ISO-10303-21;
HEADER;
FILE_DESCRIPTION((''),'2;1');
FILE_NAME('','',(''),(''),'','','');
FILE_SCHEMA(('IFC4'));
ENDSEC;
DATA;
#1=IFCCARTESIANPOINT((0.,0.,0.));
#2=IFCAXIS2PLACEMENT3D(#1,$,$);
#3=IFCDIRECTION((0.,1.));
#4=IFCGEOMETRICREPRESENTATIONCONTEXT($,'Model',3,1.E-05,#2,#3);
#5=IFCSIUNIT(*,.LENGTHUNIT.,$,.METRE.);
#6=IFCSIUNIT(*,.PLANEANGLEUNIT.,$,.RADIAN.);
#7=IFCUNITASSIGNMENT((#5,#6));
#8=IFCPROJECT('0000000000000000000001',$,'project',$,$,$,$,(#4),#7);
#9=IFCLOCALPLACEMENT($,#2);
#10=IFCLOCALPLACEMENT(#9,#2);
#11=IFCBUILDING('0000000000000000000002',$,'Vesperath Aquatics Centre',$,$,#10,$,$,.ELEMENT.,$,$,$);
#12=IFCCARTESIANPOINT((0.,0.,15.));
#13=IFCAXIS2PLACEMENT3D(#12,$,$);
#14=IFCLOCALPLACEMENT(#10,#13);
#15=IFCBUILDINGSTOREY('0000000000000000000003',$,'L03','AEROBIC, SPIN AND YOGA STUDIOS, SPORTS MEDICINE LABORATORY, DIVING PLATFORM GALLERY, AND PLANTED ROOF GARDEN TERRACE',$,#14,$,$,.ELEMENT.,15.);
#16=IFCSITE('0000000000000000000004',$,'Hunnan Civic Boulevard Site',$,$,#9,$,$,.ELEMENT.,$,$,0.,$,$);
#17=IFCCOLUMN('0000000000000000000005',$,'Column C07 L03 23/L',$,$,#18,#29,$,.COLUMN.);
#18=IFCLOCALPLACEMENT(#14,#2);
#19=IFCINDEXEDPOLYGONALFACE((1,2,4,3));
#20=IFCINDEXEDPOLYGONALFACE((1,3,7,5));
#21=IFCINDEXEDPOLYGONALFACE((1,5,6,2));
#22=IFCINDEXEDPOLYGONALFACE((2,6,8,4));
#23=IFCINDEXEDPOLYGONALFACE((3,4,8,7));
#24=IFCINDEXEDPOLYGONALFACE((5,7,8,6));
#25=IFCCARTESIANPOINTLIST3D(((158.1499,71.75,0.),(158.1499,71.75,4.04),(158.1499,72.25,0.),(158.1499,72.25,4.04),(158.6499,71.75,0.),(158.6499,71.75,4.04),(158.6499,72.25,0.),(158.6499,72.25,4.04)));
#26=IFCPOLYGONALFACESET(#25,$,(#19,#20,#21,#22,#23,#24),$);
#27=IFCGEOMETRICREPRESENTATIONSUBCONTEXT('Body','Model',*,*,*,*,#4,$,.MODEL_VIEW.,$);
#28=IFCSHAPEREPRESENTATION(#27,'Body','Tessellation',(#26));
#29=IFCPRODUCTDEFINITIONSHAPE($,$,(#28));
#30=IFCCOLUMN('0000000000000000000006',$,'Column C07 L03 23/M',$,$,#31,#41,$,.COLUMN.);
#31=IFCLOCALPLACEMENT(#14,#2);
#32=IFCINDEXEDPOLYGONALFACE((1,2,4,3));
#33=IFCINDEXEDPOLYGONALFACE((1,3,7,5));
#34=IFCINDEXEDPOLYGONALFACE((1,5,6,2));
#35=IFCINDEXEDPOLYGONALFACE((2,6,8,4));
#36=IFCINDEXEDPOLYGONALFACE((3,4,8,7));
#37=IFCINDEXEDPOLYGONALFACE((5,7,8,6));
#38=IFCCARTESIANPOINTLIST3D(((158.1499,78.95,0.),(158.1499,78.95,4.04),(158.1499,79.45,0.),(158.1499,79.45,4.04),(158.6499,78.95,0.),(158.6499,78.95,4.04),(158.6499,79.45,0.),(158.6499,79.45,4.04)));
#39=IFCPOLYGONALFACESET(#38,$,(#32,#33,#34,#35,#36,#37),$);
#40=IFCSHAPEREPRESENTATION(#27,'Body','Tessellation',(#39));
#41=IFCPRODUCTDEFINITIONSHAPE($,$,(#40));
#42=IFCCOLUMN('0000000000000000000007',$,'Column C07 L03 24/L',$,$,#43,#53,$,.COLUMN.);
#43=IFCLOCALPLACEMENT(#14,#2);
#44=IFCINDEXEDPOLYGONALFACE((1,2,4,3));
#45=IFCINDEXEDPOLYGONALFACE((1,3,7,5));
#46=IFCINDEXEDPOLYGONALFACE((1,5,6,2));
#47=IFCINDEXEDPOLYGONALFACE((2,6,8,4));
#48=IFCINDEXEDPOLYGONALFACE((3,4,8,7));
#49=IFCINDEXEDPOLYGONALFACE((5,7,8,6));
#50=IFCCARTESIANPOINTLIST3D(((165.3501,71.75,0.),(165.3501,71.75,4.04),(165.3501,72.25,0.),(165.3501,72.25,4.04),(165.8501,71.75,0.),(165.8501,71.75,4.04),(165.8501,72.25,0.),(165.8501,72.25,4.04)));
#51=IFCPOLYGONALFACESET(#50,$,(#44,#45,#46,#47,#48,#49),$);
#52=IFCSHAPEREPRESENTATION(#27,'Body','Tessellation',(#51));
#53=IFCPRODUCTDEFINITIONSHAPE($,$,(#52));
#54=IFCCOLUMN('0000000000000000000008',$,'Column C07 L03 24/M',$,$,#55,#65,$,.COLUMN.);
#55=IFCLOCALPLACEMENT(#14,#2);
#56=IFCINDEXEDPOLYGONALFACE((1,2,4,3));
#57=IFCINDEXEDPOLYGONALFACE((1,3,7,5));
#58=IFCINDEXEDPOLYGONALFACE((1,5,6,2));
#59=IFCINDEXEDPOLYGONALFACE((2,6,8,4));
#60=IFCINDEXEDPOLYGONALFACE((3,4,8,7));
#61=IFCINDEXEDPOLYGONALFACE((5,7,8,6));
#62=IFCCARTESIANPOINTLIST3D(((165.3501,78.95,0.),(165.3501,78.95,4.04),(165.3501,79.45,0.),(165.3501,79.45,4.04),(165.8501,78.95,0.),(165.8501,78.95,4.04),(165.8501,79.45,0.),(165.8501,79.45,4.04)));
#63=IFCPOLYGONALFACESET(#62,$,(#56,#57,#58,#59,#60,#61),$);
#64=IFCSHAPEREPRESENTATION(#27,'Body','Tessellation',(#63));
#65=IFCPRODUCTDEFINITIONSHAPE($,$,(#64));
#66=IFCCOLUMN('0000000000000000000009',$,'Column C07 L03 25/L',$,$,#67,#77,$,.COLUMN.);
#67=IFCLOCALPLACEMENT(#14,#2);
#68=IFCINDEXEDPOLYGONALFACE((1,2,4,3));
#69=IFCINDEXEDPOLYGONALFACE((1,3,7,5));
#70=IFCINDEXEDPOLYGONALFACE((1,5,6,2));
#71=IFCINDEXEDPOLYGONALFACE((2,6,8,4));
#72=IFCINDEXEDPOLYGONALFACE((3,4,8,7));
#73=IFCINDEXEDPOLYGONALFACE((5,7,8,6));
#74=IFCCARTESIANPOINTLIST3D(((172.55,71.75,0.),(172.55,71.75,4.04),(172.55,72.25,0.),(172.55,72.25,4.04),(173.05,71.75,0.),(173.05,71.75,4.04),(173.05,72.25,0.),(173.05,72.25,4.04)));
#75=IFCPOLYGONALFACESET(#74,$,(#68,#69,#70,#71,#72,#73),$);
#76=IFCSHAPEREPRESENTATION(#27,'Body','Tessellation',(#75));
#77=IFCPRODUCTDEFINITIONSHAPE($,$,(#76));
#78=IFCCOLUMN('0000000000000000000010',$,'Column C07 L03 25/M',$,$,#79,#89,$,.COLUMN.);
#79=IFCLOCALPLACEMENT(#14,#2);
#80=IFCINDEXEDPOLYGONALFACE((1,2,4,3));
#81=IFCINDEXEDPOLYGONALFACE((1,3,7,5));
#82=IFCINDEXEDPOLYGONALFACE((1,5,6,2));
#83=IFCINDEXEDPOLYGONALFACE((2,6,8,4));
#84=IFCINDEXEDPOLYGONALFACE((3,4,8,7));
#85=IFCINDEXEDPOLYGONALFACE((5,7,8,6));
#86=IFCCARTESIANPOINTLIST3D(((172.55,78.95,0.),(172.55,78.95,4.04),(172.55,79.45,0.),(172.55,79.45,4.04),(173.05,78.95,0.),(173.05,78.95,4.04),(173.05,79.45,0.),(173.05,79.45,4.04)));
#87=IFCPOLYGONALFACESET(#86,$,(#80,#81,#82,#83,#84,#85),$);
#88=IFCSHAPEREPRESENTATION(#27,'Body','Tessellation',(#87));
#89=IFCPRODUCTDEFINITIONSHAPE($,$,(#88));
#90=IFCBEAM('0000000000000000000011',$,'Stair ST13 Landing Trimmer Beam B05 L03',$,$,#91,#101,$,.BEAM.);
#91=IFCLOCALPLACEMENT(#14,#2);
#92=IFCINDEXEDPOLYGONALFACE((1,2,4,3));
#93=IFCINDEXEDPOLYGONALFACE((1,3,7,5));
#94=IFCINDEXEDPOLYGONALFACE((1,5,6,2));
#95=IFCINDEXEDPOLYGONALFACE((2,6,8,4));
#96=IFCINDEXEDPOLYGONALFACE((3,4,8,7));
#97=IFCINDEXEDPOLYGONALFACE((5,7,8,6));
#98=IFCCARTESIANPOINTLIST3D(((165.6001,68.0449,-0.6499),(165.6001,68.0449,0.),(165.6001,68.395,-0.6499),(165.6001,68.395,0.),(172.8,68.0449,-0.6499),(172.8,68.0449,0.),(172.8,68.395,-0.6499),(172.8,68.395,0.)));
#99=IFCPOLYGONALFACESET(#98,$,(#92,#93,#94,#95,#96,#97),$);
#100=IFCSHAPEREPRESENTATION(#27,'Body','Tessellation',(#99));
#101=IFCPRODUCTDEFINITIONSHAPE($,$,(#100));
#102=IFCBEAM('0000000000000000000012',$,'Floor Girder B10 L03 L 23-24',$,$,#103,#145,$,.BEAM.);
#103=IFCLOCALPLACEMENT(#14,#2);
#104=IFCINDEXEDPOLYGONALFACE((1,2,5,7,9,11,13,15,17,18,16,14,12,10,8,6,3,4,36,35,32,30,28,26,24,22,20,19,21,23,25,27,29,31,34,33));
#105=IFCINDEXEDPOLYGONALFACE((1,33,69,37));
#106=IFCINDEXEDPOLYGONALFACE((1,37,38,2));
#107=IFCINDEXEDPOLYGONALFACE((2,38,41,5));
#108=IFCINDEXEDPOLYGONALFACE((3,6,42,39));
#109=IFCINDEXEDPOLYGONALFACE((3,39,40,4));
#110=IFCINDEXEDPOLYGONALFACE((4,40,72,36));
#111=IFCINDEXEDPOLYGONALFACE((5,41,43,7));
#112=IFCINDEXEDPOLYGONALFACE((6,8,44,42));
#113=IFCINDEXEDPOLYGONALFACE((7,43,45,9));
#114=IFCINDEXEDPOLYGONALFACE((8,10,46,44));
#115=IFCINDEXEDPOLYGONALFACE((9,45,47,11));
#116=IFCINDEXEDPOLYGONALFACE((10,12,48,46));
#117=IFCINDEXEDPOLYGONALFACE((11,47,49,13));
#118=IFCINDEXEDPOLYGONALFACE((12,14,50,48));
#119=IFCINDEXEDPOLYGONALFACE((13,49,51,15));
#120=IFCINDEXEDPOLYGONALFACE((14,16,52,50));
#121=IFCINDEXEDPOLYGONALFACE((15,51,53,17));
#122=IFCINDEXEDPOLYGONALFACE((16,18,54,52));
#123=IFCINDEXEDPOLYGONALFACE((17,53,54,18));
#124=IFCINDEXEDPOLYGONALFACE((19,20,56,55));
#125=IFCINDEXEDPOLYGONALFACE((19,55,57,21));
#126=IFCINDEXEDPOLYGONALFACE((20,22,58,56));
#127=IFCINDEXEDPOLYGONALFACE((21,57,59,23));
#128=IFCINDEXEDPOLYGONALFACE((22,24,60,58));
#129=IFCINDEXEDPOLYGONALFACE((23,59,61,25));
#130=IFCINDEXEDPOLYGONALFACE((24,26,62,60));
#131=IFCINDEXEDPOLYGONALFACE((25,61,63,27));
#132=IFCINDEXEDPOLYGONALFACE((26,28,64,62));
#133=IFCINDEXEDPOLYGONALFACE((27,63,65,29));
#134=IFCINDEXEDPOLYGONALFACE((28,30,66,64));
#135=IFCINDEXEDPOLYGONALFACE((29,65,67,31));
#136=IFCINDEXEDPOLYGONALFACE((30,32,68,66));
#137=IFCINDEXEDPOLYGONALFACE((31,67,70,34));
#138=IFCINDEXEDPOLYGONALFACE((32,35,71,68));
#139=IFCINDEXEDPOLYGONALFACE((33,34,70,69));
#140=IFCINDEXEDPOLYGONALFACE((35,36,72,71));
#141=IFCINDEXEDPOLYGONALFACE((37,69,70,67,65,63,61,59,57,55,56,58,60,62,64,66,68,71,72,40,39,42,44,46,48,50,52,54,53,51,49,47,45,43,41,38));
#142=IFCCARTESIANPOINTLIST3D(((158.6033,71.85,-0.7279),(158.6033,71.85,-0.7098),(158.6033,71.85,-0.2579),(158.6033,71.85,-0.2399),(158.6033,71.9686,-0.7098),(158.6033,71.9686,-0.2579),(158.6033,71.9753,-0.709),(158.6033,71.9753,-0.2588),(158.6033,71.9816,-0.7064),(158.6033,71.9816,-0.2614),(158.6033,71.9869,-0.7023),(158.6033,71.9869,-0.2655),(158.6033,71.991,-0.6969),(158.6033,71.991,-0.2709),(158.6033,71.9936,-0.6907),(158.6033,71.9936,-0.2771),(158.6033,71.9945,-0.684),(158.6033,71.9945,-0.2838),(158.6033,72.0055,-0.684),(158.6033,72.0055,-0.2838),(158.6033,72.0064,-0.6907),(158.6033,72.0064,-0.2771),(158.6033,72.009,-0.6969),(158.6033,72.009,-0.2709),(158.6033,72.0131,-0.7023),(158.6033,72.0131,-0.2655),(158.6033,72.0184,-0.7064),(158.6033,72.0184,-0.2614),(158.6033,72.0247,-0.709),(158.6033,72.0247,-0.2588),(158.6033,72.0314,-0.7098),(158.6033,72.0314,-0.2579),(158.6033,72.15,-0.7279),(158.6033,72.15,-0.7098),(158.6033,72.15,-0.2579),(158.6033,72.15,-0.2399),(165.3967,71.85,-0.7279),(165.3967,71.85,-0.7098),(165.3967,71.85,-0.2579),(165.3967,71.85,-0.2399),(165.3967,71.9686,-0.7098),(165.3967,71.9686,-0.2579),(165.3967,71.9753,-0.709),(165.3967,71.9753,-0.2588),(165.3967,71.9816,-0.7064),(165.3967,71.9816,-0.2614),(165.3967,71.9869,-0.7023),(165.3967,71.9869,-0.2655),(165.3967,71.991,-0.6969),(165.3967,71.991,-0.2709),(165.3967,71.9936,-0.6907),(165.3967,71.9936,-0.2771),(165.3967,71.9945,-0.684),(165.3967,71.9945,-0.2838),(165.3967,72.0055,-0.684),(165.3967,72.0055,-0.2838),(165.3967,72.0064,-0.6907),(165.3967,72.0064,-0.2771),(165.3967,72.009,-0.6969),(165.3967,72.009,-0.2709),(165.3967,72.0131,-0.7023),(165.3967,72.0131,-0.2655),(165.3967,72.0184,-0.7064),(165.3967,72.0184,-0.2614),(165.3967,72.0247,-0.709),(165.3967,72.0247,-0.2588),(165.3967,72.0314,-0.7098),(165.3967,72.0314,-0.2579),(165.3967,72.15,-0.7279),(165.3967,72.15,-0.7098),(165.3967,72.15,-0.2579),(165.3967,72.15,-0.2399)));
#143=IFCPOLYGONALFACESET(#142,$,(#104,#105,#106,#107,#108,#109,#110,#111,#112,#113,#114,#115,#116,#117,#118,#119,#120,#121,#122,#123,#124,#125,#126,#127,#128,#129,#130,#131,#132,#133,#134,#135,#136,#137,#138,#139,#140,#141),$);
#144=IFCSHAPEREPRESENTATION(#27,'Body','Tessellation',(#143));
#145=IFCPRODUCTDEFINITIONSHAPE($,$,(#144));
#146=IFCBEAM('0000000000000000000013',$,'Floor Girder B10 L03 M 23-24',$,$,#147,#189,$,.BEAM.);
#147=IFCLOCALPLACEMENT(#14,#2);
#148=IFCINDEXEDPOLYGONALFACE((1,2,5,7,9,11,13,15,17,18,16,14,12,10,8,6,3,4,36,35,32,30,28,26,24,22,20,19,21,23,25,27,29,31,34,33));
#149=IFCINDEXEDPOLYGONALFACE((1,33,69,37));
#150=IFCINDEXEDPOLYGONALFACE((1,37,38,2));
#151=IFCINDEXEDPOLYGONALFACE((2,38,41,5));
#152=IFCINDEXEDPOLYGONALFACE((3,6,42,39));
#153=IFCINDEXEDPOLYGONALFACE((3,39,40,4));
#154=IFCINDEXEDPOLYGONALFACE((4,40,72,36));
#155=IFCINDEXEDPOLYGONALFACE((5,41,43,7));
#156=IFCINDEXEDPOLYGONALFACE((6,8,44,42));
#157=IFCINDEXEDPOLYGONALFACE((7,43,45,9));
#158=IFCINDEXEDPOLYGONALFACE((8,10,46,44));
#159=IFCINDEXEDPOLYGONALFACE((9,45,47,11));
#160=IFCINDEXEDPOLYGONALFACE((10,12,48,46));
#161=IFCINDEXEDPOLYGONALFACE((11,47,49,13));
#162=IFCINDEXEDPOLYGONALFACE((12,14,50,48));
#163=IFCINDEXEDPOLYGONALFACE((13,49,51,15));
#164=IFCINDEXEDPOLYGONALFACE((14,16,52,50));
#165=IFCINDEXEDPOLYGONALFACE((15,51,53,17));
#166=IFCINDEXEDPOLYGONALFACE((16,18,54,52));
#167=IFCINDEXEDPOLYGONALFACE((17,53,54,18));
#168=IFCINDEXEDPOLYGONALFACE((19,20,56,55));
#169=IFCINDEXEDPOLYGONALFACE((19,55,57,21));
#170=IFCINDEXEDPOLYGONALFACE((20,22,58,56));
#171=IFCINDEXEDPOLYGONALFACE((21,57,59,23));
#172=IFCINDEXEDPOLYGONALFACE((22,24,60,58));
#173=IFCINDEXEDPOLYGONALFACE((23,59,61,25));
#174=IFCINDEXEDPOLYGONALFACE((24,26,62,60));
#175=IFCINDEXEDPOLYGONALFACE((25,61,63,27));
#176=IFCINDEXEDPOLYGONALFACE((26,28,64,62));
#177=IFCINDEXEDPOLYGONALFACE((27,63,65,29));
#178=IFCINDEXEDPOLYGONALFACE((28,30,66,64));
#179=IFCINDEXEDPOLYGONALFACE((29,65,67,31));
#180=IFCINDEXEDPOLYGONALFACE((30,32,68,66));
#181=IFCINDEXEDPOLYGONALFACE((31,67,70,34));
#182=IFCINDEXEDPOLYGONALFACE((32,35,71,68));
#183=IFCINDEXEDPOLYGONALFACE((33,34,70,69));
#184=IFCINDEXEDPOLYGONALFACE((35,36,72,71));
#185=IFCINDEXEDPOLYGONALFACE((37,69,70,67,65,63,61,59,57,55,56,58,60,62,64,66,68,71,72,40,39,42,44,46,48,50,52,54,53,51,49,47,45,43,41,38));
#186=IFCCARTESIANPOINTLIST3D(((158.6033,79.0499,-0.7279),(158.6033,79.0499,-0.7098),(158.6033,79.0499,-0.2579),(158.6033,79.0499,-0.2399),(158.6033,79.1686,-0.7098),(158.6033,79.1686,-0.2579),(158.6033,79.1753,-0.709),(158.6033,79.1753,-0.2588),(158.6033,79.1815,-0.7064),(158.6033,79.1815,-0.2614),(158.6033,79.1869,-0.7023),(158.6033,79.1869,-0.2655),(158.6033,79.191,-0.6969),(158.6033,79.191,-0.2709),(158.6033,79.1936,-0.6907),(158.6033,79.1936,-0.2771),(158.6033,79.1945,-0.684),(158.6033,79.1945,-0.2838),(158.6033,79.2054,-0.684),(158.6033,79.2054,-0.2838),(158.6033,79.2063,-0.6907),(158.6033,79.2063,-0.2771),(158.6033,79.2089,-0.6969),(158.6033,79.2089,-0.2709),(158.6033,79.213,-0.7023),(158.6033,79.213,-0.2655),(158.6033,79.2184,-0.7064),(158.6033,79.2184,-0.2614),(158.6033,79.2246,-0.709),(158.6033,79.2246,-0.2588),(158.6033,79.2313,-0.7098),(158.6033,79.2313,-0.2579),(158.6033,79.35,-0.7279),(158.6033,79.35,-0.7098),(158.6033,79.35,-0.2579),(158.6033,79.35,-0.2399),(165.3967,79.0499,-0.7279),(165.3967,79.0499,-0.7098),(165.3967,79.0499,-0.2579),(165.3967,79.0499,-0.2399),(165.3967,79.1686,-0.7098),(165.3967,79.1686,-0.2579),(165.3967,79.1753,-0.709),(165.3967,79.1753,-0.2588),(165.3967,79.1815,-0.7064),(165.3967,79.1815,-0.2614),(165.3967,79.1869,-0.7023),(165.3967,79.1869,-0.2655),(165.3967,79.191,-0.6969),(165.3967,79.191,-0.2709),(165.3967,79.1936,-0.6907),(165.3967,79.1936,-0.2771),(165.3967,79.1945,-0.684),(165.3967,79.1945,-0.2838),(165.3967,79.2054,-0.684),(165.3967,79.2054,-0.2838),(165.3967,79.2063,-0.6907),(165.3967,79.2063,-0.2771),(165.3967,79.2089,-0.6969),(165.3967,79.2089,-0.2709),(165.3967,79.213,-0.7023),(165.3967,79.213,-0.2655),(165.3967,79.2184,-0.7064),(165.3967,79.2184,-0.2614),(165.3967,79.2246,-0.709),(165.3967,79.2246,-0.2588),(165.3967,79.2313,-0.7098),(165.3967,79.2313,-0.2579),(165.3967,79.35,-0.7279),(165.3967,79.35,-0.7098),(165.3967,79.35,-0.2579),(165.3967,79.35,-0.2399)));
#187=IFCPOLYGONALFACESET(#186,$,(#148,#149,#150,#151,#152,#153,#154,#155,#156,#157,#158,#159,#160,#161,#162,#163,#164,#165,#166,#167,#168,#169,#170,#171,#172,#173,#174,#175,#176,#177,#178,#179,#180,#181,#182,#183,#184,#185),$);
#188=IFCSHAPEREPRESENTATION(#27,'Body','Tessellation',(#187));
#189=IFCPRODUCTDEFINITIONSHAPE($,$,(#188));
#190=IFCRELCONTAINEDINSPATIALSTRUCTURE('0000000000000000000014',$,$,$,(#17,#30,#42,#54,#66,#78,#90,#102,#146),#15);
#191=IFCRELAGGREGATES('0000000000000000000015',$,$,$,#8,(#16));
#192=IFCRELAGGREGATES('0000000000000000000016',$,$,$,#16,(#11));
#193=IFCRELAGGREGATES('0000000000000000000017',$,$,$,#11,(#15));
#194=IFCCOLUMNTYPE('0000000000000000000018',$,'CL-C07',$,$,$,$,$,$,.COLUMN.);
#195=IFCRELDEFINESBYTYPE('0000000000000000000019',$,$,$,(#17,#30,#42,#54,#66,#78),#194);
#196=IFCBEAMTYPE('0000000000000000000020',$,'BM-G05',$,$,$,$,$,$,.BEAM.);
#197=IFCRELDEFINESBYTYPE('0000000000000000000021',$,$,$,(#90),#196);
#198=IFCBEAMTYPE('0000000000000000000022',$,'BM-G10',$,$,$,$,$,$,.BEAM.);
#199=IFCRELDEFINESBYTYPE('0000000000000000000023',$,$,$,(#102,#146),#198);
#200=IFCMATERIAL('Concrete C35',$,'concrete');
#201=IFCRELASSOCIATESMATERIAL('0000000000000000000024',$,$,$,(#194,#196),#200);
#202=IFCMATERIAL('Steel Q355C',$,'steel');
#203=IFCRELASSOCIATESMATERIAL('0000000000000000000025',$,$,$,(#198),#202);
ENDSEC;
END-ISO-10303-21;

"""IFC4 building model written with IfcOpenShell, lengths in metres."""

from ifc_helpers import new_model, si_unit, direction, frame, origin, origin_2d, place, context, subcontext, project, spatial, rectangle, i_section, extrude, material, material_profile, profile_set, type_object, element, save


model = new_model("IFC4")

# Units and contexts
model_context = context("Model", 3, precision=1e-05, world=origin(), true_north=direction((0.0, 1.0)))
body_context = subcontext(model_context, "Body", "Model", "MODEL_VIEW")
ifc_project = project(units=[si_unit("LENGTHUNIT", "METRE"), si_unit("PLANEANGLEUNIT", "RADIAN")], contexts=[model_context])

# Site, building, storey
site_placement = place(None, origin())
site = spatial("IfcSite", under=ifc_project, at=site_placement, Name="Hunnan Civic Boulevard Site", CompositionType="ELEMENT", RefElevation=0.0)
building_placement = place(site_placement, origin())
building = spatial("IfcBuilding", under=site, at=building_placement, Name="Vesperath Aquatics Centre", CompositionType="ELEMENT")
storey_placement = place(building_placement, frame((0.0, 0.0, 15.0)))
storey = spatial("IfcBuildingStorey", under=building, at=storey_placement, Name="L03", Description="AEROBIC, SPIN AND YOGA STUDIOS, SPORTS MEDICINE LABORATORY, DIVING PLATFORM GALLERY, AND PLANTED ROOF GARDEN TERRACE", CompositionType="ELEMENT", Elevation=15.0)

# Columns
ifc_material_1 = material(Name="Concrete C35", Category="concrete")
ifc_material_profile_1 = material_profile(ifc_material_1, rectangle(XDim=0.5, YDim=0.5, at=origin_2d()), Name="RC 500x500")
ifc_profile_set_1 = profile_set([ifc_material_profile_1], Name="Concrete C35")
column_type = type_object("IfcColumnType", Name="CL-C07", PredefinedType="COLUMN", material=ifc_profile_set_1)
for number, where, z_axis, x_axis, name in (
    (1, (158.3999, 72.0, 0.0), (0.0, 0.0, 1.0), (1.0, 0.0, 0.0), "Column C07 L03 23/L"),
    (2, (158.3999, 79.2, 0.0), (0.0, 0.0, 1.0), (1.0, 0.0, 0.0), "Column C07 L03 23/M"),
    (3, (165.6001, 72.0, 0.0), (0.0, 0.0, 1.0), (1.0, 0.0, 0.0), "Column C07 L03 24/L"),
    (4, (165.6001, 79.2, 0.0), (0.0, 0.0, 1.0), (1.0, 0.0, 0.0), "Column C07 L03 24/M"),
    (5, (172.8, 72.0, 0.0), (0.0, 0.0, 1.0), (1.0, 0.0, 0.0), "Column C07 L03 25/L"),
    (6, (172.8, 79.2, 0.0), (0.0, 0.0, 1.0), (1.0, 0.0, 0.0), "Column C07 L03 25/M"),
):
    element("IfcColumn", number, at=place(storey_placement, frame(where, z_axis=z_axis, x_axis=x_axis)), inside=storey, type_object=column_type, Name=name, PredefinedType="COLUMN", context=body_context, shape_type="SweptSolid", body=[
        extrude(rectangle(XDim=0.5, YDim=0.5, at=origin_2d()), origin(), (0.0, 0.0, 1.0), 4.04),
    ])

# Beams
ifc_material_profile_2 = material_profile(ifc_material_1, rectangle(XDim=0.3501, YDim=0.6499, at=origin_2d()), Name="RC 350x650")
ifc_profile_set_2 = profile_set([ifc_material_profile_2], Name="Concrete C35")
beam_type_1 = type_object("IfcBeamType", Name="BM-G05", PredefinedType="BEAM", material=ifc_profile_set_2)
beam_1_placement = place(storey_placement, frame((165.6001, 68.22, -0.325), z_axis=(1.0, 0.0, 0.0), x_axis=(0.0, 1.0, 0.0)))
element("IfcBeam", 7, at=beam_1_placement, inside=storey, type_object=beam_type_1, Name="Stair ST13 Landing Trimmer Beam B05 L03", PredefinedType="BEAM", context=body_context, shape_type="SweptSolid", body=[
    extrude(rectangle(XDim=0.3501, YDim=0.6499, at=origin_2d()), origin(), (0.0, 0.0, 1.0), 7.2),
])
ifc_material_2 = material(Name="Steel Q355C", Category="steel")
ifc_material_profile_3 = material_profile(ifc_material_2, i_section(OverallWidth=0.3, OverallDepth=0.488, WebThickness=0.011, FlangeThickness=0.0181, FilletRadius=0.0259, at=origin_2d()), Name="HM 488x300x11x18")
ifc_profile_set_3 = profile_set([ifc_material_profile_3], Name="Steel Q355C")
beam_type_2 = type_object("IfcBeamType", Name="BM-G10", PredefinedType="BEAM", material=ifc_profile_set_3)
for number, where, z_axis, x_axis, name in (
    (8, (158.6033, 72.0, -0.4839), (1.0, 0.0, 0.0), (0.0, 1.0, 0.0), "Floor Girder B10 L03 L 23-24"),
    (9, (158.6033, 79.2, -0.4839), (1.0, 0.0, 0.0), (0.0, 1.0, 0.0), "Floor Girder B10 L03 M 23-24"),
):
    element("IfcBeam", number, at=place(storey_placement, frame(where, z_axis=z_axis, x_axis=x_axis)), inside=storey, type_object=beam_type_2, Name=name, PredefinedType="BEAM", context=body_context, shape_type="SweptSolid", body=[
        extrude(i_section(OverallWidth=0.3, OverallDepth=0.488, WebThickness=0.011, FlangeThickness=0.0181, FilletRadius=0.0259, at=origin_2d()), origin(), (0.0, 0.0, 1.0), 6.7935),
    ])

save(model, "model.ifc")
